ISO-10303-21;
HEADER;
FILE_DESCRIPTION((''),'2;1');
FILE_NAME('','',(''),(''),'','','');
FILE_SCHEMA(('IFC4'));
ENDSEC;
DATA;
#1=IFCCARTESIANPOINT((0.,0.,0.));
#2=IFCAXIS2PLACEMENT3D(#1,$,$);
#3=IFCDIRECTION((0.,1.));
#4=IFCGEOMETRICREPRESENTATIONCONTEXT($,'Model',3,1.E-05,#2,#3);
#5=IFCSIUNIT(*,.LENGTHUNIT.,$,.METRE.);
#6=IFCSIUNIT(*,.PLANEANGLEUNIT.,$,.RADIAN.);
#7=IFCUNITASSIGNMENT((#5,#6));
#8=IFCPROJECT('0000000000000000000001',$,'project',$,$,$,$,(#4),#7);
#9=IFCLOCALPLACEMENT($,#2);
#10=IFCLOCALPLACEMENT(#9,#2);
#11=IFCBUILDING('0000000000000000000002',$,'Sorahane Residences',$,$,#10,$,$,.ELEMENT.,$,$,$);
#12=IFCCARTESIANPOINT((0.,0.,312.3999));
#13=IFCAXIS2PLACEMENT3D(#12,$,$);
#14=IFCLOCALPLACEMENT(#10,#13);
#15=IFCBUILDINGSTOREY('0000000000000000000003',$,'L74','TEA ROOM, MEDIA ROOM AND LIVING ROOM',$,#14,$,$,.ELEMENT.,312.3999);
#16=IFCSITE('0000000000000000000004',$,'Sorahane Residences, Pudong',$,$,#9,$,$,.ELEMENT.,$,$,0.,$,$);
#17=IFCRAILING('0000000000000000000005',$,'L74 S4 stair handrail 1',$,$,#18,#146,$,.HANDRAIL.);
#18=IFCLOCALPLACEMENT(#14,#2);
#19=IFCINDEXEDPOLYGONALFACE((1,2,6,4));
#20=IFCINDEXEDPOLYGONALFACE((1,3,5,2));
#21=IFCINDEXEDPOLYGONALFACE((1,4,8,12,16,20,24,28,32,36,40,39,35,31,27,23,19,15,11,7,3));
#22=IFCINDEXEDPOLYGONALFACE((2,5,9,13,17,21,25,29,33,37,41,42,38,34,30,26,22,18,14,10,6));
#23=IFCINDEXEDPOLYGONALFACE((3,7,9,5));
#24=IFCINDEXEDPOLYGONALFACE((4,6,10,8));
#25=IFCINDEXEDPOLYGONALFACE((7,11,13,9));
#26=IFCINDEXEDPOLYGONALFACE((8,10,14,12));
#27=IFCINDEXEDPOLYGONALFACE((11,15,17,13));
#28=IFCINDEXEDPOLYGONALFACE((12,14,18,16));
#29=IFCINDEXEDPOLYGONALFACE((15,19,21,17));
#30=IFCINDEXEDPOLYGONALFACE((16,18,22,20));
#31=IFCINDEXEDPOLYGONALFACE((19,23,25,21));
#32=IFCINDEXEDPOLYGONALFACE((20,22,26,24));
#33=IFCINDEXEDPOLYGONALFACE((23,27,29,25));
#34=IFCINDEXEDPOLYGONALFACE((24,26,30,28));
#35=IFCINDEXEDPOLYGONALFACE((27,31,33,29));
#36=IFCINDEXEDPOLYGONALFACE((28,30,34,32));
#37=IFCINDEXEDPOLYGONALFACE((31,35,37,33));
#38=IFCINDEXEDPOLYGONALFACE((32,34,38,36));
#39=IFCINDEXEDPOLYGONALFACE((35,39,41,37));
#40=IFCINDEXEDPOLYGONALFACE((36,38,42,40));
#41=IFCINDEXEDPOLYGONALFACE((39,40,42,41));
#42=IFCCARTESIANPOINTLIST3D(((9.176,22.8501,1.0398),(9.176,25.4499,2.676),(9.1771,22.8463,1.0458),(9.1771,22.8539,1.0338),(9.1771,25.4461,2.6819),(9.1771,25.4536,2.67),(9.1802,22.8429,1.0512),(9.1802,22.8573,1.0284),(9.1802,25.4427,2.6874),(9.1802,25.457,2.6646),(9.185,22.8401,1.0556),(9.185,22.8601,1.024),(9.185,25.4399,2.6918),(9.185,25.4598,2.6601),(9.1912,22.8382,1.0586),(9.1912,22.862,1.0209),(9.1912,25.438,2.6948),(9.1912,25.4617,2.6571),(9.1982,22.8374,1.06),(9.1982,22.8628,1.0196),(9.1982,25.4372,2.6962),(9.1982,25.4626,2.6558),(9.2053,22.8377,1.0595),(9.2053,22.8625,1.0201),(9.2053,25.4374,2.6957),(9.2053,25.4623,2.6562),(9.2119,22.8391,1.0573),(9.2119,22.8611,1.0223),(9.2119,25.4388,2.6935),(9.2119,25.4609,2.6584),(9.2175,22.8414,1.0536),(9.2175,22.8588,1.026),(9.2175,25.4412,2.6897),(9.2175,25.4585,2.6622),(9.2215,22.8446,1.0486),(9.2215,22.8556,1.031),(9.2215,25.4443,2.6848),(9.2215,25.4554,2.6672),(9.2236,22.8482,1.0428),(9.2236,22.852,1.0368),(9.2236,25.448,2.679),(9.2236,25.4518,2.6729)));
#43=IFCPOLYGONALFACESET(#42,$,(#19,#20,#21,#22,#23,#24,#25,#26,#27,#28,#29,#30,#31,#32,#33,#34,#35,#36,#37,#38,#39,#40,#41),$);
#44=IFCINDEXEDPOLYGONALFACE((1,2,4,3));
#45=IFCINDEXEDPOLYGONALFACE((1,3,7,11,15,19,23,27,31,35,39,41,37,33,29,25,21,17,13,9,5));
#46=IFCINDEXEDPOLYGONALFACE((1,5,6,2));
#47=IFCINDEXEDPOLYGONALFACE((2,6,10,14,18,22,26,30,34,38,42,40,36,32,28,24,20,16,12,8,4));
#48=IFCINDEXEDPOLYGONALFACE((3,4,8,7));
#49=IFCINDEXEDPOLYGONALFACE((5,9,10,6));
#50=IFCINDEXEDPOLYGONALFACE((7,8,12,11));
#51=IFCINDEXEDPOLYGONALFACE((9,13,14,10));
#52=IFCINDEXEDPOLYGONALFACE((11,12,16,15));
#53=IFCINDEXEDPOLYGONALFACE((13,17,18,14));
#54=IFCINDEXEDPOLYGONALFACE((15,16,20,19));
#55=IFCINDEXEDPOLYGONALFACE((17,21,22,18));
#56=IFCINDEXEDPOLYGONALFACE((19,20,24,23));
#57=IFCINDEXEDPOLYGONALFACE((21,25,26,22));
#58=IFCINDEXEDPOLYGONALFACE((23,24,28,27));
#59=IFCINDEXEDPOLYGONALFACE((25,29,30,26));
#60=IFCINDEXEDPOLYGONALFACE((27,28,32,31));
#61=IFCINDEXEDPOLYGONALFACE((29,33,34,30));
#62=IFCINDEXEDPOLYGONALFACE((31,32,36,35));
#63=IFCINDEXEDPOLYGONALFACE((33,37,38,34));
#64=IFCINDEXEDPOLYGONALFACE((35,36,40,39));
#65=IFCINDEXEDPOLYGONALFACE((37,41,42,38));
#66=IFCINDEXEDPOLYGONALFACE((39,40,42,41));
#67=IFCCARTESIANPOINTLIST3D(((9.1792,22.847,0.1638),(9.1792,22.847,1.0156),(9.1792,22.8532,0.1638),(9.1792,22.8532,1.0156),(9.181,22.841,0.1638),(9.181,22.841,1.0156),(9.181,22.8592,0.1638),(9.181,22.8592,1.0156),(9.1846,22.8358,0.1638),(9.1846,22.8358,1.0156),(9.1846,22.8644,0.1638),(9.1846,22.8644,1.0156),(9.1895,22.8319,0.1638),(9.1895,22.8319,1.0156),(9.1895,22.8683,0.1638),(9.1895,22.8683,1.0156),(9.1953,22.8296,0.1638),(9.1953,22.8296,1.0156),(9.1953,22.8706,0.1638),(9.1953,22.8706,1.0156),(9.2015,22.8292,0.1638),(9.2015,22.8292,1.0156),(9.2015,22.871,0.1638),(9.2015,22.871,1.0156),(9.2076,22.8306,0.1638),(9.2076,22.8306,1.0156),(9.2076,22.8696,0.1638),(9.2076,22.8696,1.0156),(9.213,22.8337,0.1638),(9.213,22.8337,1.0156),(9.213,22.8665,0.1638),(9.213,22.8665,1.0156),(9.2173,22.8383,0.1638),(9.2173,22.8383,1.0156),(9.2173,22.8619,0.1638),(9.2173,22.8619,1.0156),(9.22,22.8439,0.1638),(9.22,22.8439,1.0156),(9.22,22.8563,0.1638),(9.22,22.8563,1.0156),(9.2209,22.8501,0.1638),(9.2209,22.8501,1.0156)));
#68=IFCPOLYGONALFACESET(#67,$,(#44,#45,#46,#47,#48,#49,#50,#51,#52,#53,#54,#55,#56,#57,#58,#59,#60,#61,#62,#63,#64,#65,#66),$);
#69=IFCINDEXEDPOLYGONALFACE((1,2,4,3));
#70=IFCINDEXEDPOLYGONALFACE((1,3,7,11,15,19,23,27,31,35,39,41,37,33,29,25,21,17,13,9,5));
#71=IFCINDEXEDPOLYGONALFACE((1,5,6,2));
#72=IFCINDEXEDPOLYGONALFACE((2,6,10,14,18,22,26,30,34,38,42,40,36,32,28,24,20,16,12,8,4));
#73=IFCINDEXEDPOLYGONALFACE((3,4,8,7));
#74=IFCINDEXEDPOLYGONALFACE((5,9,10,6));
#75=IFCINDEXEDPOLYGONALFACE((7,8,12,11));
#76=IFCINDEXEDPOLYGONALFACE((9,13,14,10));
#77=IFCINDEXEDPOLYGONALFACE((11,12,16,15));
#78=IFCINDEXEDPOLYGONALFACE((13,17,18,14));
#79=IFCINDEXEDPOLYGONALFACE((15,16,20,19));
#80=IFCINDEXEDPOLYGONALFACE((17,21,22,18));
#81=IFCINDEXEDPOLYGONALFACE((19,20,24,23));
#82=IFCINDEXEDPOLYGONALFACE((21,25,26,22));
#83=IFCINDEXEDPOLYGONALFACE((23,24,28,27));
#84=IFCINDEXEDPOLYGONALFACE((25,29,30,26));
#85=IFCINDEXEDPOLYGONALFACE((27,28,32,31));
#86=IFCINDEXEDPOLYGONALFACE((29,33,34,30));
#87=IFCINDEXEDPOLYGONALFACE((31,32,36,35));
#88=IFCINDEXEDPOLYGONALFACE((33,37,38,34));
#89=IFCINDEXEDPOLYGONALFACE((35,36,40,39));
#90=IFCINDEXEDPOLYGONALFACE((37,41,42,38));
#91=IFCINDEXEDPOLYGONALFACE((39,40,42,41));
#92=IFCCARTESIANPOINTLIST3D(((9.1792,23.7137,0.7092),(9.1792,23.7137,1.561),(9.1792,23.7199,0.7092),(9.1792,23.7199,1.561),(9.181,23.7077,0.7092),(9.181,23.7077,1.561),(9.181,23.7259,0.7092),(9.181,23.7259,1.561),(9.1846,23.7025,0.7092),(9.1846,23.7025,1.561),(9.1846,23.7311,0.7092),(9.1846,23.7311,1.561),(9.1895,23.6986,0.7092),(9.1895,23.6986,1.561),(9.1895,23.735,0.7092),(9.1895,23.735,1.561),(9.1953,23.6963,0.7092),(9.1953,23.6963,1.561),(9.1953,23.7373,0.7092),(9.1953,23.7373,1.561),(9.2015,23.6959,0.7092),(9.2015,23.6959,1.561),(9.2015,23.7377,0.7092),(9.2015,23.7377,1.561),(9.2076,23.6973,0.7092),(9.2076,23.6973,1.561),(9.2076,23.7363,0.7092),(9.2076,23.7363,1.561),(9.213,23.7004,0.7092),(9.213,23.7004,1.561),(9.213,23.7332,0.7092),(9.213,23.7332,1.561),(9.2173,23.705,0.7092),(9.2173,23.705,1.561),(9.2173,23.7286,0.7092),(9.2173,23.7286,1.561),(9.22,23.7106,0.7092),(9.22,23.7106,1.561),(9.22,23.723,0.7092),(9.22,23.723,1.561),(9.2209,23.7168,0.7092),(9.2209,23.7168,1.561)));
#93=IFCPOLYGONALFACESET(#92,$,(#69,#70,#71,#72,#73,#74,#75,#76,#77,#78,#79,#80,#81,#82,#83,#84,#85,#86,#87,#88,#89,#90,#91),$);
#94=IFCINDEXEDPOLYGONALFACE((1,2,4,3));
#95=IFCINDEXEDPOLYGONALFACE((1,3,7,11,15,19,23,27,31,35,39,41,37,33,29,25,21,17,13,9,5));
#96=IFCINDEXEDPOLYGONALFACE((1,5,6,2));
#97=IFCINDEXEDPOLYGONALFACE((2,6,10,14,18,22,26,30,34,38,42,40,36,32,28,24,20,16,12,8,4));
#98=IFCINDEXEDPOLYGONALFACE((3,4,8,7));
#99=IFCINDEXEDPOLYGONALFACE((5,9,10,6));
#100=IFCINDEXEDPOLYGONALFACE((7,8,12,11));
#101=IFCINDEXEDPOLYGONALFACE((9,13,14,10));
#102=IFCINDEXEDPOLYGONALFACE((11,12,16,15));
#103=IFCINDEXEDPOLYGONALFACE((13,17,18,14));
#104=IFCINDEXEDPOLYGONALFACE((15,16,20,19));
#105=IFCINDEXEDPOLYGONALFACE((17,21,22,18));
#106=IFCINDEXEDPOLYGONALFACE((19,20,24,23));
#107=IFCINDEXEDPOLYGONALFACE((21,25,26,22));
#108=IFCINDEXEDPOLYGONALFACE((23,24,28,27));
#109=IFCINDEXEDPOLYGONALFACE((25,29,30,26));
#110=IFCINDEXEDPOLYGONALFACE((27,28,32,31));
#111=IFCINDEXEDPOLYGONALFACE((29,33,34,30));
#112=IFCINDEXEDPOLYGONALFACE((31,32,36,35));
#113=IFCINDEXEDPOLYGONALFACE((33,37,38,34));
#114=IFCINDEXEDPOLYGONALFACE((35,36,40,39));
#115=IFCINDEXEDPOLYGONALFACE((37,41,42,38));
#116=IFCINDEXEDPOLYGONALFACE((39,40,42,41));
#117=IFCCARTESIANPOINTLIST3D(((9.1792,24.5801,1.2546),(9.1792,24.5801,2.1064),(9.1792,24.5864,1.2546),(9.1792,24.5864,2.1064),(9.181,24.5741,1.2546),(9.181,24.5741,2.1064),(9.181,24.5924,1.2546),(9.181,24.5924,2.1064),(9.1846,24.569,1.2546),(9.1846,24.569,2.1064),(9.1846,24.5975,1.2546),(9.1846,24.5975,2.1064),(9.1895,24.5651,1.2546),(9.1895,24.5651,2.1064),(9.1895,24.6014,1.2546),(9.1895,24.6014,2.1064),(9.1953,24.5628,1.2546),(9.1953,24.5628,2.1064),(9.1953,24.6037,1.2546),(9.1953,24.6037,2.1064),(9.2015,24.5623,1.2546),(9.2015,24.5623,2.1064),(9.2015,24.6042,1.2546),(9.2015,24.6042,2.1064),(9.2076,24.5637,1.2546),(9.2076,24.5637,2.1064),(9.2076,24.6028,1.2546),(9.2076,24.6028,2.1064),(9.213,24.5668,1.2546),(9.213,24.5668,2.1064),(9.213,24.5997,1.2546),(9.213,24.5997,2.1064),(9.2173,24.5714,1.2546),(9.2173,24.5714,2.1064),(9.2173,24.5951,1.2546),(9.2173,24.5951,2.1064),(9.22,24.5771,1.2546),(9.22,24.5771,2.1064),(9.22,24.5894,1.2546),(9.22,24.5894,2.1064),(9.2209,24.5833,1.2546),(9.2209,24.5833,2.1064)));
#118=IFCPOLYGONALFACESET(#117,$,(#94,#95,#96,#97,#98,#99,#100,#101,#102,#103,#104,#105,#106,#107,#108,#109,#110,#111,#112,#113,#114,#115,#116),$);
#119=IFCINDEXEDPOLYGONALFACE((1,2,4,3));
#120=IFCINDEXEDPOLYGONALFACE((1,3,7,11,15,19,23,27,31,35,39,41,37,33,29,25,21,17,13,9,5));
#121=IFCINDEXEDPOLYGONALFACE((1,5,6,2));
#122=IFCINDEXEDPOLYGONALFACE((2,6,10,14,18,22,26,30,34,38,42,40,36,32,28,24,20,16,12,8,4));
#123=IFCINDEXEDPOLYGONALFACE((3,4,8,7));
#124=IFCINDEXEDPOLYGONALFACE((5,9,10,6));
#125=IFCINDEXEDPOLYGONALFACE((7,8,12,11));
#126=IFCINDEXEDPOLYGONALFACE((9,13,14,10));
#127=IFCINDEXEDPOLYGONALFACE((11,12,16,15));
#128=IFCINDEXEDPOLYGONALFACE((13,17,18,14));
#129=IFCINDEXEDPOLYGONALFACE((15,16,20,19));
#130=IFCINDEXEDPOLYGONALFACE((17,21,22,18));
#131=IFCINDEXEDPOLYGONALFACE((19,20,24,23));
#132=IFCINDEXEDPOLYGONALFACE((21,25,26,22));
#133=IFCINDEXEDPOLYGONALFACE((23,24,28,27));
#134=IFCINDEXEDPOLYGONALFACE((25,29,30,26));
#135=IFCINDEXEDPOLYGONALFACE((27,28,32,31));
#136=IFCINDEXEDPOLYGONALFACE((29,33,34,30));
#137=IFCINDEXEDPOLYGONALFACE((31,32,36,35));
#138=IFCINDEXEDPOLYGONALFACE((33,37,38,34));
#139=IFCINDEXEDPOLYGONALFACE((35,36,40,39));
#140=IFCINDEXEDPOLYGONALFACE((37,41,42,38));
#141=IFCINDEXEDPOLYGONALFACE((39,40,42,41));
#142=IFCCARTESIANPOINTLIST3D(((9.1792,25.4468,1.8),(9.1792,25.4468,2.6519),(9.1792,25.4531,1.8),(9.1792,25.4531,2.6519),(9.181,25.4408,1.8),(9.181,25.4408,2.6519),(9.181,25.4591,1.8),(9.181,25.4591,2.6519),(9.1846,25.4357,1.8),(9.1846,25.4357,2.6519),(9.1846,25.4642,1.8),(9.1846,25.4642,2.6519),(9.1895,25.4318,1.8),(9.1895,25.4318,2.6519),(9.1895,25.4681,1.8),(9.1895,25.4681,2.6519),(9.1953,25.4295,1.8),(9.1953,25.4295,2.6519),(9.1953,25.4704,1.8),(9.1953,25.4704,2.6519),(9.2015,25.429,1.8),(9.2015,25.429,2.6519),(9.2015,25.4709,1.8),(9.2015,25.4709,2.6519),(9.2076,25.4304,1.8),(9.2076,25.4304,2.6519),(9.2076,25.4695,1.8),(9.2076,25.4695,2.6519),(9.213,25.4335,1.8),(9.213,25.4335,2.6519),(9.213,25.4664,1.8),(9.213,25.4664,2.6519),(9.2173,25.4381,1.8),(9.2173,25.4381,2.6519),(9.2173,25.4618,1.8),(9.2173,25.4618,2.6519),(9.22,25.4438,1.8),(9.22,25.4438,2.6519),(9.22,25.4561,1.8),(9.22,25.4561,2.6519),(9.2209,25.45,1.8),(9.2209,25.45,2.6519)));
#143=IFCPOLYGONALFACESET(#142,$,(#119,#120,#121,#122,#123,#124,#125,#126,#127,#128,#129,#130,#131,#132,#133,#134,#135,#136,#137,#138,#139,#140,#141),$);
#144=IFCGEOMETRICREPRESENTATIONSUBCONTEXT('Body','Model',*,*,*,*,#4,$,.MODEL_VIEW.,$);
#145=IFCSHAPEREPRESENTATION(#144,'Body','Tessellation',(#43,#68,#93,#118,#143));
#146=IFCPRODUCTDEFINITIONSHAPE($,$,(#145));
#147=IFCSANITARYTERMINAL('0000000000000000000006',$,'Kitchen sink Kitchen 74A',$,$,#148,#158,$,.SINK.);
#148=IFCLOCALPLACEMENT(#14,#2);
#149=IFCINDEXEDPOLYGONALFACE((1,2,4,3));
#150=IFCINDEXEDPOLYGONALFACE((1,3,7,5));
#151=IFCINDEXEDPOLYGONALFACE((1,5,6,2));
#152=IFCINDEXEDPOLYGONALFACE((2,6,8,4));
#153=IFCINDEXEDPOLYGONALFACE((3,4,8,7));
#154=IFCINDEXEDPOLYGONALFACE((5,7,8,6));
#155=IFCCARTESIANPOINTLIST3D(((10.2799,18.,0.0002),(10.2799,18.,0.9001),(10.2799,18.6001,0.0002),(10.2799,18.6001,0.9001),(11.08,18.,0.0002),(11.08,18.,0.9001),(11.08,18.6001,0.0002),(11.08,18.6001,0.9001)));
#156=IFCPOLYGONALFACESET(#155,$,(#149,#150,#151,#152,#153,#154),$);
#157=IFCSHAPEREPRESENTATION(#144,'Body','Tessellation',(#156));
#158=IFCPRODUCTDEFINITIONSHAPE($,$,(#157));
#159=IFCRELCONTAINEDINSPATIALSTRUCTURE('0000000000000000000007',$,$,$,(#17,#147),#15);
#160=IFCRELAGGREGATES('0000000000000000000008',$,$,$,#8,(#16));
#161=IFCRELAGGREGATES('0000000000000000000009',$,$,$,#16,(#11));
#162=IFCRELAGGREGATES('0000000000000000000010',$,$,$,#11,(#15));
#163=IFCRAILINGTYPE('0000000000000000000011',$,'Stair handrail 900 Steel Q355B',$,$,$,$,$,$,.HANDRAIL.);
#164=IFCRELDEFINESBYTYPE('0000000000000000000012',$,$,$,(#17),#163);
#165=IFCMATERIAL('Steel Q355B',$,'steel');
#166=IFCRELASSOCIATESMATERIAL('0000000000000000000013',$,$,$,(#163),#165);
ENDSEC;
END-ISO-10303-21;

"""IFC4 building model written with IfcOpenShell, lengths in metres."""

from ifc_helpers import new_model, si_unit, direction, frame, origin, origin_2d, place, context, subcontext, project, spatial, rectangle, circle, extrude, material, type_object, element, save


model = new_model("IFC4")

# Units and contexts
model_context = context("Model", 3, precision=1e-05, world=origin(), true_north=direction((0.0, 1.0)))
body_context = subcontext(model_context, "Body", "Model", "MODEL_VIEW")
ifc_project = project(units=[si_unit("LENGTHUNIT", "METRE"), si_unit("PLANEANGLEUNIT", "RADIAN")], contexts=[model_context])

# Site, building, storey
site_placement = place(None, origin())
site = spatial("IfcSite", under=ifc_project, at=site_placement, Name="Sorahane Residences, Pudong", CompositionType="ELEMENT", RefElevation=0.0)
building_placement = place(site_placement, origin())
building = spatial("IfcBuilding", under=site, at=building_placement, Name="Sorahane Residences", CompositionType="ELEMENT")
storey_placement = place(building_placement, frame((0.0, 0.0, 312.3999)))
storey = spatial("IfcBuildingStorey", under=building, at=storey_placement, Name="L74", Description="TEA ROOM, MEDIA ROOM AND LIVING ROOM", CompositionType="ELEMENT", Elevation=312.3999)

# Railing
ifc_material_1 = material(Name="Steel Q355B", Category="steel")
railing_type_1 = type_object("IfcRailingType", Name="Stair handrail 900 Steel Q355B", PredefinedType="HANDRAIL", material=ifc_material_1)
railing_1_placement = place(storey_placement, frame((9.2, 22.8501, 0.1638)))
element("IfcRailing", 1, at=railing_1_placement, inside=storey, type_object=railing_type_1, Name="L74 S4 stair handrail 1", PredefinedType="HANDRAIL", context=body_context, shape_type="SweptSolid", body=[
    extrude(circle(Radius=0.0239, at=origin_2d()), frame((0.0, 0.0, 0.876), z_axis=(0.0, 0.846338, 0.532647), x_axis=(-1.0, 0.0, 0.0)), (0.0, 0.0, 1.0), 3.0718),
    extrude(circle(Radius=0.021, at=origin_2d()), origin(), (0.0, 0.0, 1.0), 0.8518),
    extrude(circle(Radius=0.021, at=origin_2d()), frame((0.0, 0.8667, 0.5454)), (0.0, 0.0, 1.0), 0.8518),
    extrude(circle(Radius=0.021, at=origin_2d()), frame((0.0, 1.7332, 1.0908)), (0.0, 0.0, 1.0), 0.8518),
    extrude(circle(Radius=0.021, at=origin_2d()), frame((0.0, 2.5999, 1.6362)), (0.0, 0.0, 1.0), 0.8518),
])

# Sanitary terminal
sanitary_terminal_placement = place(storey_placement, frame((10.6799, 18.3, 0.0002), z_axis=(0.0, 0.0, 1.0), x_axis=(1.0, 0.0, 0.0)))
element("IfcSanitaryTerminal", 2, at=sanitary_terminal_placement, inside=storey, Name="Kitchen sink Kitchen 74A", PredefinedType="SINK", context=body_context, shape_type="SweptSolid", body=[
    extrude(rectangle(XDim=0.8, YDim=0.6001, at=origin_2d()), origin(), (0.0, 0.0, 1.0), 0.8999),
])

save(model, "model.ifc")
